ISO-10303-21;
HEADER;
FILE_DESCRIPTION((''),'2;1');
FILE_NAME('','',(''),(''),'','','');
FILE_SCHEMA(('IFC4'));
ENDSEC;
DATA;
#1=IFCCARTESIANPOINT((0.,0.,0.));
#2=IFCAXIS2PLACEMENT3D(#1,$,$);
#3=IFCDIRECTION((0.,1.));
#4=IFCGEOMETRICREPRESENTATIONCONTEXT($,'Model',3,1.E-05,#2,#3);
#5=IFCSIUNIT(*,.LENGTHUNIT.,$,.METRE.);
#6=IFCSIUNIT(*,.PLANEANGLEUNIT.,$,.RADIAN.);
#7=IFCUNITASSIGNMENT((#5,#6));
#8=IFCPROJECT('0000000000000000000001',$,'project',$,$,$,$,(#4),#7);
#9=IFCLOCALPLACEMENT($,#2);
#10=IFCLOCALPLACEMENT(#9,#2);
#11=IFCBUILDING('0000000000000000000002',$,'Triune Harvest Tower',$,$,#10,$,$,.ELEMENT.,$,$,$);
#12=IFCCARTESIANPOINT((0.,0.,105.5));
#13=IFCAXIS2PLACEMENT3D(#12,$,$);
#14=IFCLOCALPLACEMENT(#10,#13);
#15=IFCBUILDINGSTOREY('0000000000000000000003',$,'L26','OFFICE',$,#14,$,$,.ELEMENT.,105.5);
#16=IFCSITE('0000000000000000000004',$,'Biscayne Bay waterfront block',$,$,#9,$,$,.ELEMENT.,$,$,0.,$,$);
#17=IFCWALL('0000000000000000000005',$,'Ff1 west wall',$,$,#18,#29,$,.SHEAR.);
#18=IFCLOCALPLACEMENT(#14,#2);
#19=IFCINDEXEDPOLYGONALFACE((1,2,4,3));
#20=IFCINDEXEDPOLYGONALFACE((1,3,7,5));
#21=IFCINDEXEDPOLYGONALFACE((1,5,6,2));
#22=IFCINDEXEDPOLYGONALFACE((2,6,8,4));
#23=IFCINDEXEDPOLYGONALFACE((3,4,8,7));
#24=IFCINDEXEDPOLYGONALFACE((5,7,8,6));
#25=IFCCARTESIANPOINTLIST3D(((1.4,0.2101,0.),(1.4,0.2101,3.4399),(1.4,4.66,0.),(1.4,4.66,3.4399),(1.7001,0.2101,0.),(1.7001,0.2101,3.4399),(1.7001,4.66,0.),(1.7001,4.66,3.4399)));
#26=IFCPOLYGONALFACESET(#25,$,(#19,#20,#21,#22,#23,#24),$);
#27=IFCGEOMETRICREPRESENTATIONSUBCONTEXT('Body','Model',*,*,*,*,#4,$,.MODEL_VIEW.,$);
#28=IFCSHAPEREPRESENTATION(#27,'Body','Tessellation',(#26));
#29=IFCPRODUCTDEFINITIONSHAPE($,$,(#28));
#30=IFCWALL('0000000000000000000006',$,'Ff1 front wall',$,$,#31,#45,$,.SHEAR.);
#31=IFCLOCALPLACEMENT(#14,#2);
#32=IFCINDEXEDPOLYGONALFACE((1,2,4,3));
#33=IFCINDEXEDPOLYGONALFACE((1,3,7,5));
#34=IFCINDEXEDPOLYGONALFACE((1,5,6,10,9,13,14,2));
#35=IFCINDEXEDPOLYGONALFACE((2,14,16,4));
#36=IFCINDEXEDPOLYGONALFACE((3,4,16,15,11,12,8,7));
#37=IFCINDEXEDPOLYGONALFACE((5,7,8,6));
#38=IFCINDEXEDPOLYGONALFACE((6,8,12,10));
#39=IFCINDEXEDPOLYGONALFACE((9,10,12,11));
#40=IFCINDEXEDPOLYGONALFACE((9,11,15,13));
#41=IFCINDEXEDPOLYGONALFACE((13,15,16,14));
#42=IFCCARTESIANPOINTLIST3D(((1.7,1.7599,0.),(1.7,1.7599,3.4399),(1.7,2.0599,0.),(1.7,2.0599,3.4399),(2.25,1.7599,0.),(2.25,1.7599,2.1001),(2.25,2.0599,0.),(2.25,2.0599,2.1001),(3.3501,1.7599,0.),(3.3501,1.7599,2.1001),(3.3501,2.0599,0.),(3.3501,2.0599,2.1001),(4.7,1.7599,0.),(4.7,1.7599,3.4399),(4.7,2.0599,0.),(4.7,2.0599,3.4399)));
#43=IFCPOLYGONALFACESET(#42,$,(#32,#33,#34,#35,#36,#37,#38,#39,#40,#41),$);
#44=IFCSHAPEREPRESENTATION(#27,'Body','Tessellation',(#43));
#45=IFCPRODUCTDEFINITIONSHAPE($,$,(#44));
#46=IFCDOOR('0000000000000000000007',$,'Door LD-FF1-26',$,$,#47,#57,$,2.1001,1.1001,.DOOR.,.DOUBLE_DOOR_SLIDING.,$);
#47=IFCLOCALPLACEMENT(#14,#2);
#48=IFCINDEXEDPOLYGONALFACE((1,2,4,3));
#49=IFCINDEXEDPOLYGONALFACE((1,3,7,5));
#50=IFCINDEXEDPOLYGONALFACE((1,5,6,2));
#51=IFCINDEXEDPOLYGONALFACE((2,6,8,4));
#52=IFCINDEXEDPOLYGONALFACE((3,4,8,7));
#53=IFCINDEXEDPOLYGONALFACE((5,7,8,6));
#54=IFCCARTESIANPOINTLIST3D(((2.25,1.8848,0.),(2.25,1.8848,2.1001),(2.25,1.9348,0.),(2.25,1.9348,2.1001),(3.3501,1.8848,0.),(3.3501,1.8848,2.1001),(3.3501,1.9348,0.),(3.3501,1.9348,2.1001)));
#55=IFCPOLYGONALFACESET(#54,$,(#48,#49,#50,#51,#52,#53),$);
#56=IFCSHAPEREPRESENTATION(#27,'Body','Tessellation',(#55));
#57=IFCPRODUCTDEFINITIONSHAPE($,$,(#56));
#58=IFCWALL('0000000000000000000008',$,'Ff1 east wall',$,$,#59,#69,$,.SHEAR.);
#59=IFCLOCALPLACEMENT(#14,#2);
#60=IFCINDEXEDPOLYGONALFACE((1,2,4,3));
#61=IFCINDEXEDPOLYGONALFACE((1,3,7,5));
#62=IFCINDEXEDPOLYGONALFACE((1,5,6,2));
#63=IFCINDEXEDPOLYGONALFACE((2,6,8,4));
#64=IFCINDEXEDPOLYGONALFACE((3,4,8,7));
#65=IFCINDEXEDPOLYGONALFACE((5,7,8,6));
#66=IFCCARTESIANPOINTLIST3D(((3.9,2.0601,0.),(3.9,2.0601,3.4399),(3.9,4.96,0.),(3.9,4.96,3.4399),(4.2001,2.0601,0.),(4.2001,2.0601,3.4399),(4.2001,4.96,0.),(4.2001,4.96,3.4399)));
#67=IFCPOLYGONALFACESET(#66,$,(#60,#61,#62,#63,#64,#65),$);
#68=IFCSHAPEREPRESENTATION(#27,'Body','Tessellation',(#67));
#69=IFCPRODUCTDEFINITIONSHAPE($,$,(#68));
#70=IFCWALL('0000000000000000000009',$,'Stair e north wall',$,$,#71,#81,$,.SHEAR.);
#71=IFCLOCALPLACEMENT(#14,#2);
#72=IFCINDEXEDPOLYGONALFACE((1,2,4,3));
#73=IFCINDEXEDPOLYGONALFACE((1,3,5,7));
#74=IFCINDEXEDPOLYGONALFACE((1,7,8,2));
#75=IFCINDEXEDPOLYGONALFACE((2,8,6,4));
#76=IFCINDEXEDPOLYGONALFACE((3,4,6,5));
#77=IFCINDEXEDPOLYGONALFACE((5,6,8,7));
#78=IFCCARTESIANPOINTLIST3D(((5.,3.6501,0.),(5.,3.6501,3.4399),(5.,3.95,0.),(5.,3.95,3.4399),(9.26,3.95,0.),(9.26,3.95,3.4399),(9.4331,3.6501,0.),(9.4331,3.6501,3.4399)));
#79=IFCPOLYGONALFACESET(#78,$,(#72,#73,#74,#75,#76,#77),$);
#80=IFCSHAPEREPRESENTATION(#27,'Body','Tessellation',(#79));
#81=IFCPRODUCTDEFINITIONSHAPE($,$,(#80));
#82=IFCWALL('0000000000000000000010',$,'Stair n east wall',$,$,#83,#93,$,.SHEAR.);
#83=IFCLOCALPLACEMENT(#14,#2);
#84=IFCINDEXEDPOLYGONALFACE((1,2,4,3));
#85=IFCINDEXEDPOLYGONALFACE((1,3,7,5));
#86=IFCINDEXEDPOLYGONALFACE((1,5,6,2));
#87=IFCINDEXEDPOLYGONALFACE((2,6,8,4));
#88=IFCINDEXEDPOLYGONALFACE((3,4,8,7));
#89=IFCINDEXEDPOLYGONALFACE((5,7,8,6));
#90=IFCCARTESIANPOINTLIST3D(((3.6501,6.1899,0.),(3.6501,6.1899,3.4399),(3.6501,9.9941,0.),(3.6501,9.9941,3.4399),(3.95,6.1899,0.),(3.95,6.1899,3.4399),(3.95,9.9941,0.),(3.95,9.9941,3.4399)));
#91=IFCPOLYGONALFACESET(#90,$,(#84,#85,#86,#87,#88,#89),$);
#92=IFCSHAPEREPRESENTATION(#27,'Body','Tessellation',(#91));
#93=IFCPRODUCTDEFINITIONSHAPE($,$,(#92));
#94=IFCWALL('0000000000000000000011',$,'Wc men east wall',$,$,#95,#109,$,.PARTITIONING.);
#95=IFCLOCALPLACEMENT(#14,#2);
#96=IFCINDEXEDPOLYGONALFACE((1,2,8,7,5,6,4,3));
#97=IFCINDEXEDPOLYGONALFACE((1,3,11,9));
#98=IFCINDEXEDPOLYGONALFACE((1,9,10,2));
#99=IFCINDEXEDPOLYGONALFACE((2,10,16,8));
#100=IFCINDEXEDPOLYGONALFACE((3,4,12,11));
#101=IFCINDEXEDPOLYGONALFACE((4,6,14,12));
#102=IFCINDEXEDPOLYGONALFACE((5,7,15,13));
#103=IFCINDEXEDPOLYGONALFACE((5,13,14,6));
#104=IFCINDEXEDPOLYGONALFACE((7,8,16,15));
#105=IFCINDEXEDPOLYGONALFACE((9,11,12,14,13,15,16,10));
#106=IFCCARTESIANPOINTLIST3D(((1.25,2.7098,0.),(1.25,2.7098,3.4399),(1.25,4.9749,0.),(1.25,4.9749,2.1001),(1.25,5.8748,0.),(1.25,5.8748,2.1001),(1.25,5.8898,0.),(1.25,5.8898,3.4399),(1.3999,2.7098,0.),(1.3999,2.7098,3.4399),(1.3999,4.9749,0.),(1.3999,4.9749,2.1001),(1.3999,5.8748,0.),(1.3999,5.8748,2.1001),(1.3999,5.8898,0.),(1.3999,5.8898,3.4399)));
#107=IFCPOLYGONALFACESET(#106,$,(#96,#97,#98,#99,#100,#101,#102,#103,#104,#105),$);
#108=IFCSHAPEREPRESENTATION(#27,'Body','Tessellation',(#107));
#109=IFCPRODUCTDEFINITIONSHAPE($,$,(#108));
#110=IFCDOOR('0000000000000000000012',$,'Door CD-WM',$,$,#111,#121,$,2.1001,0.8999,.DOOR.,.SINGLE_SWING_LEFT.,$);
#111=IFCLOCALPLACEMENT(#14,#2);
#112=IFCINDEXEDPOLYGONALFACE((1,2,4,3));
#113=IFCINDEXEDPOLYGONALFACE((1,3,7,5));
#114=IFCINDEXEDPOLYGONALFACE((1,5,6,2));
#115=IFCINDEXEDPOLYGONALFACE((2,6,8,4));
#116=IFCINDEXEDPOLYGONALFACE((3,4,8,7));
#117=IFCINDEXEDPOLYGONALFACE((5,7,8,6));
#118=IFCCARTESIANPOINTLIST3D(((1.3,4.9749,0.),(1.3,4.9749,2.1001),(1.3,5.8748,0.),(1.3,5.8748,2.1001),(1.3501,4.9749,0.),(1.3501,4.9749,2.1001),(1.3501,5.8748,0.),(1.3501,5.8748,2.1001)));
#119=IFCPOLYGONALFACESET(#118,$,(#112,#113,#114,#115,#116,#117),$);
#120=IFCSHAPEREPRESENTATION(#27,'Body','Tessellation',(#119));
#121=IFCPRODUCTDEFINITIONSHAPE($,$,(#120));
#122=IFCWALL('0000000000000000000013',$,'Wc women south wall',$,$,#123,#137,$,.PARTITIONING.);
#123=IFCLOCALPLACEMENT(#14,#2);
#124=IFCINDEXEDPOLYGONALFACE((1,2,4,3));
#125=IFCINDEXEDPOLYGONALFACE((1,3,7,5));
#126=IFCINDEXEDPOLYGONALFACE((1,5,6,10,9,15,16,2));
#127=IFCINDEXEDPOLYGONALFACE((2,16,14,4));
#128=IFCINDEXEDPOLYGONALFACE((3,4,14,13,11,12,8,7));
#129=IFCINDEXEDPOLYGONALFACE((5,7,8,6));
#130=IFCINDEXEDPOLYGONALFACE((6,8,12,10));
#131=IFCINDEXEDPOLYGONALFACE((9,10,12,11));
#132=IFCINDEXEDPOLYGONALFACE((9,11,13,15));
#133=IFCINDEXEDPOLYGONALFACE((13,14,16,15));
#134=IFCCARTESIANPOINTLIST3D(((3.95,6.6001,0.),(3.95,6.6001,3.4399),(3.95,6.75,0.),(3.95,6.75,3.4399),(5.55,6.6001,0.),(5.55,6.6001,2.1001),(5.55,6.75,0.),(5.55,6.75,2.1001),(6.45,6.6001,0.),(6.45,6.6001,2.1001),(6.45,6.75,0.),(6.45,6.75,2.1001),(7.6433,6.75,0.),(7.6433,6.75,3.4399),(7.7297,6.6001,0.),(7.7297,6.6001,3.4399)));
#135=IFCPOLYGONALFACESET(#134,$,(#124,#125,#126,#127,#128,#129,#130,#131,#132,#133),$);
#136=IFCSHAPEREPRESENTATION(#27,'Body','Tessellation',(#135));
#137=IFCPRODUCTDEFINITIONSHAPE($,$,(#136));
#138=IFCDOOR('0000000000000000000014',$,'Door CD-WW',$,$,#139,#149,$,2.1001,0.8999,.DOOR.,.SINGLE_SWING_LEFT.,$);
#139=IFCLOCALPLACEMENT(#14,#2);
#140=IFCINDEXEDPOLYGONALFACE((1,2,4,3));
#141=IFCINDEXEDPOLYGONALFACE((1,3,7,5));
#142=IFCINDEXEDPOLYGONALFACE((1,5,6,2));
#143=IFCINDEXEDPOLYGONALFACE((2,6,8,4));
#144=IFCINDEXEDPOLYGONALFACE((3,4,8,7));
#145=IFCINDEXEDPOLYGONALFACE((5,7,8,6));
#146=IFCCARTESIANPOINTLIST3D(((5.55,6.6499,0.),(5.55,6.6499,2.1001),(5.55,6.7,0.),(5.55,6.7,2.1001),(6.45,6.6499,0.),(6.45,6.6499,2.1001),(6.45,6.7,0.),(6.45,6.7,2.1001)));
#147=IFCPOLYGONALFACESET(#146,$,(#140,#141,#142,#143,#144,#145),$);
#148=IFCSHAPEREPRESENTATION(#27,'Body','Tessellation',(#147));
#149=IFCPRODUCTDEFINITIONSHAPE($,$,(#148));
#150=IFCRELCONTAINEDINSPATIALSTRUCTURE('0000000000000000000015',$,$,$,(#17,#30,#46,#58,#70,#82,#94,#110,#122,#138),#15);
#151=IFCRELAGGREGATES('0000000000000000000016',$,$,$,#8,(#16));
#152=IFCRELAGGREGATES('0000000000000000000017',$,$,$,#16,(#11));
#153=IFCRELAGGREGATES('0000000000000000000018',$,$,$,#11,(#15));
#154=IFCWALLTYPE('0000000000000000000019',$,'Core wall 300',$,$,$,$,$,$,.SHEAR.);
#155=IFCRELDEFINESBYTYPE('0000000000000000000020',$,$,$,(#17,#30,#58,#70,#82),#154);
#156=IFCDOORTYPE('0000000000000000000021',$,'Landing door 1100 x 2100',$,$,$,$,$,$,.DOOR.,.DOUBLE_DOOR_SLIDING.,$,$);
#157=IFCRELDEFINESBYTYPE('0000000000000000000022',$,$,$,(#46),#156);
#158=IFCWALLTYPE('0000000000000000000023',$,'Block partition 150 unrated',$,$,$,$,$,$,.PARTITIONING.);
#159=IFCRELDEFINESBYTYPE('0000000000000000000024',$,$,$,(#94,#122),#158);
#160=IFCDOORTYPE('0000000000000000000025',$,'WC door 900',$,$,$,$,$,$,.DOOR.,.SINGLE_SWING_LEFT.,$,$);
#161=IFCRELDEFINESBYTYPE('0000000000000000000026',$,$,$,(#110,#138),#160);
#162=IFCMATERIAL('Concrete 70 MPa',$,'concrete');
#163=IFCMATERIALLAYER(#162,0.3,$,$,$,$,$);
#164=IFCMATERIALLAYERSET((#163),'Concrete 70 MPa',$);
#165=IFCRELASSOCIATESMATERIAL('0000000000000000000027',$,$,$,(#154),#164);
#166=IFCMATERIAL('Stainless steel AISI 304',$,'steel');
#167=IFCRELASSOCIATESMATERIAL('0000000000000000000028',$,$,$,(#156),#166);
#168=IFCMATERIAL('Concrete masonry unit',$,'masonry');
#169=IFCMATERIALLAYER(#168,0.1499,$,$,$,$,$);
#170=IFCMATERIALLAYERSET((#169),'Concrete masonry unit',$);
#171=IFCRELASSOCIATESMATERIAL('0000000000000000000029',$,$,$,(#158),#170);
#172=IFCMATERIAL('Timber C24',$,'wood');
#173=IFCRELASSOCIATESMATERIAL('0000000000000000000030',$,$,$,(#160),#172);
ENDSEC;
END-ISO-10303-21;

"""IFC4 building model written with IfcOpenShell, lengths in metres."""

from ifc_helpers import new_model, si_unit, direction, frame, frame_2d, origin, place, context, subcontext, project, spatial, polyline, rectangle, outline, extrude, source, transform, mapped, material, layer, layer_set, type_object, element, fill, save


model = new_model("IFC4")

# Units and contexts
model_context = context("Model", 3, precision=1e-05, world=origin(), true_north=direction((0.0, 1.0)))
body_context = subcontext(model_context, "Body", "Model", "MODEL_VIEW")
ifc_project = project(units=[si_unit("LENGTHUNIT", "METRE"), si_unit("PLANEANGLEUNIT", "RADIAN")], contexts=[model_context])

# Site, building, storey
site_placement = place(None, origin())
site = spatial("IfcSite", under=ifc_project, at=site_placement, Name="Biscayne Bay waterfront block", CompositionType="ELEMENT", RefElevation=0.0)
building_placement = place(site_placement, origin())
building = spatial("IfcBuilding", under=site, at=building_placement, Name="Triune Harvest Tower", CompositionType="ELEMENT")
storey_placement = place(building_placement, frame((0.0, 0.0, 105.5)))
storey = spatial("IfcBuildingStorey", under=building, at=storey_placement, Name="L26", Description="OFFICE", CompositionType="ELEMENT", Elevation=105.5)

# Wall
ifc_material_1 = material(Name="Concrete 70 MPa", Category="concrete")
ifc_layer_1 = layer(ifc_material_1, 0.3)
ifc_layer_set_1 = layer_set([ifc_layer_1], Name="Concrete 70 MPa")
wall_type_1 = type_object("IfcWallType", Name="Core wall 300", PredefinedType="SHEAR", material=ifc_layer_set_1)
shared_shape_1 = source(origin(), body_context, "Body", "SweptSolid", [
    extrude(rectangle(XDim=4.45, YDim=0.3, at=frame_2d((2.2251, 0.0))), origin(), (0.0, 0.0, 1.0), 3.4399),
])
wall_1_placement = place(storey_placement, frame((1.55, 0.21, 0.0), z_axis=(0.0, 0.0, 1.0), x_axis=(0.0, 1.0, 0.0)))
element("IfcWall", 1, at=wall_1_placement, inside=storey, type_object=wall_type_1, Name="Ff1 west wall", PredefinedType="SHEAR", context=body_context, shape_type="MappedRepresentation", body=[
    mapped(shared_shape_1, transform((0.0, 0.0, 0.0), scale=1.0)),
])

# Wall, opening, door
shared_shape_2 = source(origin(), body_context, "Body", "SweptSolid", [
    extrude(rectangle(XDim=3.0, YDim=0.3, at=frame_2d((1.5, 0.0))), origin(), (0.0, 0.0, 1.0), 3.4399),
])
wall_2_placement = place(storey_placement, frame((1.7, 1.9099, 0.0), z_axis=(0.0, 0.0, 1.0), x_axis=(1.0, 0.0, 0.0)))
wall_2 = element("IfcWall", 2, at=wall_2_placement, inside=storey, type_object=wall_type_1, Name="Ff1 front wall", PredefinedType="SHEAR", context=body_context, shape_type="MappedRepresentation", body=[
    mapped(shared_shape_2, transform((0.0, 0.0, 0.0), scale=1.0)),
])
opening_1_placement = place(wall_2_placement, frame((0.55, 0.0, 0.0)))
opening_1 = element("IfcOpeningElement", 3, at=opening_1_placement, cuts=wall_2, PredefinedType="OPENING", context=body_context, shape_type="SweptSolid", body=[
    extrude(rectangle(XDim=1.1001, YDim=2.1001, at=frame_2d((0.55, 1.05))), frame((0.0, 0.1602, 0.0), z_axis=(0.0, -1.0, 0.0), x_axis=(1.0, 0.0, 0.0)), (0.0, 0.0, 1.0), 0.3201),
])
ifc_material_2 = material(Name="Stainless steel AISI 304", Category="steel")
door_type_1 = type_object("IfcDoorType", Name="Landing door 1100 x 2100", OperationType="DOUBLE_DOOR_SLIDING", PredefinedType="DOOR", material=ifc_material_2)
door_1_placement = place(opening_1_placement, origin())
door_1 = element("IfcDoor", 4, at=door_1_placement, inside=storey, type_object=door_type_1, Name="Door LD-FF1-26", OperationType="DOUBLE_DOOR_SLIDING", OverallHeight=2.1001, OverallWidth=1.1001, PredefinedType="DOOR", context=body_context, shape_type="SweptSolid", body=[
    extrude(rectangle(XDim=1.1001, YDim=2.1001, at=frame_2d((0.55, 1.05))), frame((0.0, 0.0249, 0.0), z_axis=(0.0, -1.0, 0.0), x_axis=(1.0, 0.0, 0.0)), (0.0, 0.0, 1.0), 0.05),
])
fill(opening_1, door_1)

# Walls
shared_shape_3 = source(origin(), body_context, "Body", "SweptSolid", [
    extrude(rectangle(XDim=2.8999, YDim=0.3, at=frame_2d((1.45, 0.0))), origin(), (0.0, 0.0, 1.0), 3.4399),
])
wall_3_placement = place(storey_placement, frame((4.05, 2.0601, 0.0), z_axis=(0.0, 0.0, 1.0), x_axis=(0.0, 1.0, 0.0)))
element("IfcWall", 5, at=wall_3_placement, inside=storey, type_object=wall_type_1, Name="Ff1 east wall", PredefinedType="SHEAR", context=body_context, shape_type="MappedRepresentation", body=[
    mapped(shared_shape_3, transform((0.0, 0.0, 0.0), scale=1.0)),
])
shared_shape_4 = source(origin(), body_context, "Body", "SweptSolid", [
    extrude(outline(polyline([(0.0, -0.1499), (0.0, 0.1499), (4.26, 0.1499), (4.4331, -0.1499), (0.0, -0.1499)])), origin(), (0.0, 0.0, 1.0), 3.4399),
])
wall_4_placement = place(storey_placement, frame((5.0, 3.8, 0.0), z_axis=(0.0, 0.0, 1.0), x_axis=(1.0, 0.0, 0.0)))
element("IfcWall", 6, at=wall_4_placement, inside=storey, type_object=wall_type_1, Name="Stair e north wall", PredefinedType="SHEAR", context=body_context, shape_type="MappedRepresentation", body=[
    mapped(shared_shape_4, transform((0.0, 0.0, 0.0), scale=1.0)),
])
shared_shape_5 = source(origin(), body_context, "Body", "SweptSolid", [
    extrude(outline(polyline([(0.0, -0.1499), (0.0, 0.1499), (3.8042, 0.1499), (3.8042, -0.1499), (0.0, -0.1499)])), origin(), (0.0, 0.0, 1.0), 3.4399),
])
wall_5_placement = place(storey_placement, frame((3.8, 6.1899, 0.0), z_axis=(0.0, 0.0, 1.0), x_axis=(0.0, 1.0, 0.0)))
element("IfcWall", 7, at=wall_5_placement, inside=storey, type_object=wall_type_1, Name="Stair n east wall", PredefinedType="SHEAR", context=body_context, shape_type="MappedRepresentation", body=[
    mapped(shared_shape_5, transform((0.0, 0.0, 0.0), scale=1.0)),
])

# Walls, openings, doors
ifc_material_3 = material(Name="Concrete masonry unit", Category="masonry")
ifc_layer_2 = layer(ifc_material_3, 0.1499)
ifc_layer_set_2 = layer_set([ifc_layer_2], Name="Concrete masonry unit")
wall_type_2 = type_object("IfcWallType", Name="Block partition 150 unrated", PredefinedType="PARTITIONING", material=ifc_layer_set_2)
shared_shape_6 = source(origin(), body_context, "Body", "SweptSolid", [
    extrude(rectangle(XDim=3.1799, YDim=0.1499, at=frame_2d((1.5898, 0.0))), origin(), (0.0, 0.0, 1.0), 3.4399),
])
wall_6_placement = place(storey_placement, frame((1.325, 2.71, 0.0), z_axis=(0.0, 0.0, 1.0), x_axis=(0.0, 1.0, 0.0)))
wall_6 = element("IfcWall", 8, at=wall_6_placement, inside=storey, type_object=wall_type_2, Name="Wc men east wall", PredefinedType="PARTITIONING", context=body_context, shape_type="MappedRepresentation", body=[
    mapped(shared_shape_6, transform((0.0, 0.0, 0.0), scale=1.0)),
])
opening_2_placement = place(wall_6_placement, frame((2.2649, 0.0, 0.0)))
opening_2 = element("IfcOpeningElement", 9, at=opening_2_placement, cuts=wall_6, PredefinedType="OPENING", context=body_context, shape_type="SweptSolid", body=[
    extrude(rectangle(XDim=0.8999, YDim=2.1001, at=frame_2d((0.45, 1.05))), frame((0.0, 0.085, 0.0), z_axis=(0.0, -1.0, 0.0), x_axis=(1.0, 0.0, 0.0)), (0.0, 0.0, 1.0), 0.1699),
])
ifc_material_4 = material(Name="Timber C24", Category="wood")
door_type_2 = type_object("IfcDoorType", Name="WC door 900", OperationType="SINGLE_SWING_LEFT", PredefinedType="DOOR", material=ifc_material_4)
door_2_placement = place(opening_2_placement, origin())
door_2 = element("IfcDoor", 10, at=door_2_placement, inside=storey, type_object=door_type_2, Name="Door CD-WM", OperationType="SINGLE_SWING_LEFT", OverallHeight=2.1001, OverallWidth=0.8999, PredefinedType="DOOR", context=body_context, shape_type="SweptSolid", body=[
    extrude(rectangle(XDim=0.8999, YDim=2.1001, at=frame_2d((0.45, 1.05))), frame((0.0, 0.0249, 0.0), z_axis=(0.0, -1.0, 0.0), x_axis=(1.0, 0.0, 0.0)), (0.0, 0.0, 1.0), 0.05),
])
fill(opening_2, door_2)
shared_shape_7 = source(origin(), body_context, "Body", "SweptSolid", [
    extrude(outline(polyline([(0.0, -0.075), (0.0, 0.075), (3.6934, 0.075), (3.7798, -0.075), (0.0, -0.075)])), origin(), (0.0, 0.0, 1.0), 3.4399),
])
wall_7_placement = place(storey_placement, frame((3.95, 6.675, 0.0), z_axis=(0.0, 0.0, 1.0), x_axis=(1.0, 0.0, 0.0)))
wall_7 = element("IfcWall", 11, at=wall_7_placement, inside=storey, type_object=wall_type_2, Name="Wc women south wall", PredefinedType="PARTITIONING", context=body_context, shape_type="MappedRepresentation", body=[
    mapped(shared_shape_7, transform((0.0, 0.0, 0.0), scale=1.0)),
])
opening_3_placement = place(wall_7_placement, frame((1.6001, 0.0, 0.0)))
opening_3 = element("IfcOpeningElement", 12, at=opening_3_placement, cuts=wall_7, PredefinedType="OPENING", context=body_context, shape_type="SweptSolid", body=[
    extrude(rectangle(XDim=0.8999, YDim=2.1001, at=frame_2d((0.45, 1.05))), frame((0.0, 0.085, 0.0), z_axis=(0.0, -1.0, 0.0), x_axis=(1.0, 0.0, 0.0)), (0.0, 0.0, 1.0), 0.1699),
])
door_3_placement = place(opening_3_placement, origin())
door_3 = element("IfcDoor", 13, at=door_3_placement, inside=storey, type_object=door_type_2, Name="Door CD-WW", OperationType="SINGLE_SWING_LEFT", OverallHeight=2.1001, OverallWidth=0.8999, PredefinedType="DOOR", context=body_context, shape_type="SweptSolid", body=[
    extrude(rectangle(XDim=0.8999, YDim=2.1001, at=frame_2d((0.45, 1.05))), frame((0.0, 0.0249, 0.0), z_axis=(0.0, -1.0, 0.0), x_axis=(1.0, 0.0, 0.0)), (0.0, 0.0, 1.0), 0.05),
])
fill(opening_3, door_3)

save(model, "model.ifc")
